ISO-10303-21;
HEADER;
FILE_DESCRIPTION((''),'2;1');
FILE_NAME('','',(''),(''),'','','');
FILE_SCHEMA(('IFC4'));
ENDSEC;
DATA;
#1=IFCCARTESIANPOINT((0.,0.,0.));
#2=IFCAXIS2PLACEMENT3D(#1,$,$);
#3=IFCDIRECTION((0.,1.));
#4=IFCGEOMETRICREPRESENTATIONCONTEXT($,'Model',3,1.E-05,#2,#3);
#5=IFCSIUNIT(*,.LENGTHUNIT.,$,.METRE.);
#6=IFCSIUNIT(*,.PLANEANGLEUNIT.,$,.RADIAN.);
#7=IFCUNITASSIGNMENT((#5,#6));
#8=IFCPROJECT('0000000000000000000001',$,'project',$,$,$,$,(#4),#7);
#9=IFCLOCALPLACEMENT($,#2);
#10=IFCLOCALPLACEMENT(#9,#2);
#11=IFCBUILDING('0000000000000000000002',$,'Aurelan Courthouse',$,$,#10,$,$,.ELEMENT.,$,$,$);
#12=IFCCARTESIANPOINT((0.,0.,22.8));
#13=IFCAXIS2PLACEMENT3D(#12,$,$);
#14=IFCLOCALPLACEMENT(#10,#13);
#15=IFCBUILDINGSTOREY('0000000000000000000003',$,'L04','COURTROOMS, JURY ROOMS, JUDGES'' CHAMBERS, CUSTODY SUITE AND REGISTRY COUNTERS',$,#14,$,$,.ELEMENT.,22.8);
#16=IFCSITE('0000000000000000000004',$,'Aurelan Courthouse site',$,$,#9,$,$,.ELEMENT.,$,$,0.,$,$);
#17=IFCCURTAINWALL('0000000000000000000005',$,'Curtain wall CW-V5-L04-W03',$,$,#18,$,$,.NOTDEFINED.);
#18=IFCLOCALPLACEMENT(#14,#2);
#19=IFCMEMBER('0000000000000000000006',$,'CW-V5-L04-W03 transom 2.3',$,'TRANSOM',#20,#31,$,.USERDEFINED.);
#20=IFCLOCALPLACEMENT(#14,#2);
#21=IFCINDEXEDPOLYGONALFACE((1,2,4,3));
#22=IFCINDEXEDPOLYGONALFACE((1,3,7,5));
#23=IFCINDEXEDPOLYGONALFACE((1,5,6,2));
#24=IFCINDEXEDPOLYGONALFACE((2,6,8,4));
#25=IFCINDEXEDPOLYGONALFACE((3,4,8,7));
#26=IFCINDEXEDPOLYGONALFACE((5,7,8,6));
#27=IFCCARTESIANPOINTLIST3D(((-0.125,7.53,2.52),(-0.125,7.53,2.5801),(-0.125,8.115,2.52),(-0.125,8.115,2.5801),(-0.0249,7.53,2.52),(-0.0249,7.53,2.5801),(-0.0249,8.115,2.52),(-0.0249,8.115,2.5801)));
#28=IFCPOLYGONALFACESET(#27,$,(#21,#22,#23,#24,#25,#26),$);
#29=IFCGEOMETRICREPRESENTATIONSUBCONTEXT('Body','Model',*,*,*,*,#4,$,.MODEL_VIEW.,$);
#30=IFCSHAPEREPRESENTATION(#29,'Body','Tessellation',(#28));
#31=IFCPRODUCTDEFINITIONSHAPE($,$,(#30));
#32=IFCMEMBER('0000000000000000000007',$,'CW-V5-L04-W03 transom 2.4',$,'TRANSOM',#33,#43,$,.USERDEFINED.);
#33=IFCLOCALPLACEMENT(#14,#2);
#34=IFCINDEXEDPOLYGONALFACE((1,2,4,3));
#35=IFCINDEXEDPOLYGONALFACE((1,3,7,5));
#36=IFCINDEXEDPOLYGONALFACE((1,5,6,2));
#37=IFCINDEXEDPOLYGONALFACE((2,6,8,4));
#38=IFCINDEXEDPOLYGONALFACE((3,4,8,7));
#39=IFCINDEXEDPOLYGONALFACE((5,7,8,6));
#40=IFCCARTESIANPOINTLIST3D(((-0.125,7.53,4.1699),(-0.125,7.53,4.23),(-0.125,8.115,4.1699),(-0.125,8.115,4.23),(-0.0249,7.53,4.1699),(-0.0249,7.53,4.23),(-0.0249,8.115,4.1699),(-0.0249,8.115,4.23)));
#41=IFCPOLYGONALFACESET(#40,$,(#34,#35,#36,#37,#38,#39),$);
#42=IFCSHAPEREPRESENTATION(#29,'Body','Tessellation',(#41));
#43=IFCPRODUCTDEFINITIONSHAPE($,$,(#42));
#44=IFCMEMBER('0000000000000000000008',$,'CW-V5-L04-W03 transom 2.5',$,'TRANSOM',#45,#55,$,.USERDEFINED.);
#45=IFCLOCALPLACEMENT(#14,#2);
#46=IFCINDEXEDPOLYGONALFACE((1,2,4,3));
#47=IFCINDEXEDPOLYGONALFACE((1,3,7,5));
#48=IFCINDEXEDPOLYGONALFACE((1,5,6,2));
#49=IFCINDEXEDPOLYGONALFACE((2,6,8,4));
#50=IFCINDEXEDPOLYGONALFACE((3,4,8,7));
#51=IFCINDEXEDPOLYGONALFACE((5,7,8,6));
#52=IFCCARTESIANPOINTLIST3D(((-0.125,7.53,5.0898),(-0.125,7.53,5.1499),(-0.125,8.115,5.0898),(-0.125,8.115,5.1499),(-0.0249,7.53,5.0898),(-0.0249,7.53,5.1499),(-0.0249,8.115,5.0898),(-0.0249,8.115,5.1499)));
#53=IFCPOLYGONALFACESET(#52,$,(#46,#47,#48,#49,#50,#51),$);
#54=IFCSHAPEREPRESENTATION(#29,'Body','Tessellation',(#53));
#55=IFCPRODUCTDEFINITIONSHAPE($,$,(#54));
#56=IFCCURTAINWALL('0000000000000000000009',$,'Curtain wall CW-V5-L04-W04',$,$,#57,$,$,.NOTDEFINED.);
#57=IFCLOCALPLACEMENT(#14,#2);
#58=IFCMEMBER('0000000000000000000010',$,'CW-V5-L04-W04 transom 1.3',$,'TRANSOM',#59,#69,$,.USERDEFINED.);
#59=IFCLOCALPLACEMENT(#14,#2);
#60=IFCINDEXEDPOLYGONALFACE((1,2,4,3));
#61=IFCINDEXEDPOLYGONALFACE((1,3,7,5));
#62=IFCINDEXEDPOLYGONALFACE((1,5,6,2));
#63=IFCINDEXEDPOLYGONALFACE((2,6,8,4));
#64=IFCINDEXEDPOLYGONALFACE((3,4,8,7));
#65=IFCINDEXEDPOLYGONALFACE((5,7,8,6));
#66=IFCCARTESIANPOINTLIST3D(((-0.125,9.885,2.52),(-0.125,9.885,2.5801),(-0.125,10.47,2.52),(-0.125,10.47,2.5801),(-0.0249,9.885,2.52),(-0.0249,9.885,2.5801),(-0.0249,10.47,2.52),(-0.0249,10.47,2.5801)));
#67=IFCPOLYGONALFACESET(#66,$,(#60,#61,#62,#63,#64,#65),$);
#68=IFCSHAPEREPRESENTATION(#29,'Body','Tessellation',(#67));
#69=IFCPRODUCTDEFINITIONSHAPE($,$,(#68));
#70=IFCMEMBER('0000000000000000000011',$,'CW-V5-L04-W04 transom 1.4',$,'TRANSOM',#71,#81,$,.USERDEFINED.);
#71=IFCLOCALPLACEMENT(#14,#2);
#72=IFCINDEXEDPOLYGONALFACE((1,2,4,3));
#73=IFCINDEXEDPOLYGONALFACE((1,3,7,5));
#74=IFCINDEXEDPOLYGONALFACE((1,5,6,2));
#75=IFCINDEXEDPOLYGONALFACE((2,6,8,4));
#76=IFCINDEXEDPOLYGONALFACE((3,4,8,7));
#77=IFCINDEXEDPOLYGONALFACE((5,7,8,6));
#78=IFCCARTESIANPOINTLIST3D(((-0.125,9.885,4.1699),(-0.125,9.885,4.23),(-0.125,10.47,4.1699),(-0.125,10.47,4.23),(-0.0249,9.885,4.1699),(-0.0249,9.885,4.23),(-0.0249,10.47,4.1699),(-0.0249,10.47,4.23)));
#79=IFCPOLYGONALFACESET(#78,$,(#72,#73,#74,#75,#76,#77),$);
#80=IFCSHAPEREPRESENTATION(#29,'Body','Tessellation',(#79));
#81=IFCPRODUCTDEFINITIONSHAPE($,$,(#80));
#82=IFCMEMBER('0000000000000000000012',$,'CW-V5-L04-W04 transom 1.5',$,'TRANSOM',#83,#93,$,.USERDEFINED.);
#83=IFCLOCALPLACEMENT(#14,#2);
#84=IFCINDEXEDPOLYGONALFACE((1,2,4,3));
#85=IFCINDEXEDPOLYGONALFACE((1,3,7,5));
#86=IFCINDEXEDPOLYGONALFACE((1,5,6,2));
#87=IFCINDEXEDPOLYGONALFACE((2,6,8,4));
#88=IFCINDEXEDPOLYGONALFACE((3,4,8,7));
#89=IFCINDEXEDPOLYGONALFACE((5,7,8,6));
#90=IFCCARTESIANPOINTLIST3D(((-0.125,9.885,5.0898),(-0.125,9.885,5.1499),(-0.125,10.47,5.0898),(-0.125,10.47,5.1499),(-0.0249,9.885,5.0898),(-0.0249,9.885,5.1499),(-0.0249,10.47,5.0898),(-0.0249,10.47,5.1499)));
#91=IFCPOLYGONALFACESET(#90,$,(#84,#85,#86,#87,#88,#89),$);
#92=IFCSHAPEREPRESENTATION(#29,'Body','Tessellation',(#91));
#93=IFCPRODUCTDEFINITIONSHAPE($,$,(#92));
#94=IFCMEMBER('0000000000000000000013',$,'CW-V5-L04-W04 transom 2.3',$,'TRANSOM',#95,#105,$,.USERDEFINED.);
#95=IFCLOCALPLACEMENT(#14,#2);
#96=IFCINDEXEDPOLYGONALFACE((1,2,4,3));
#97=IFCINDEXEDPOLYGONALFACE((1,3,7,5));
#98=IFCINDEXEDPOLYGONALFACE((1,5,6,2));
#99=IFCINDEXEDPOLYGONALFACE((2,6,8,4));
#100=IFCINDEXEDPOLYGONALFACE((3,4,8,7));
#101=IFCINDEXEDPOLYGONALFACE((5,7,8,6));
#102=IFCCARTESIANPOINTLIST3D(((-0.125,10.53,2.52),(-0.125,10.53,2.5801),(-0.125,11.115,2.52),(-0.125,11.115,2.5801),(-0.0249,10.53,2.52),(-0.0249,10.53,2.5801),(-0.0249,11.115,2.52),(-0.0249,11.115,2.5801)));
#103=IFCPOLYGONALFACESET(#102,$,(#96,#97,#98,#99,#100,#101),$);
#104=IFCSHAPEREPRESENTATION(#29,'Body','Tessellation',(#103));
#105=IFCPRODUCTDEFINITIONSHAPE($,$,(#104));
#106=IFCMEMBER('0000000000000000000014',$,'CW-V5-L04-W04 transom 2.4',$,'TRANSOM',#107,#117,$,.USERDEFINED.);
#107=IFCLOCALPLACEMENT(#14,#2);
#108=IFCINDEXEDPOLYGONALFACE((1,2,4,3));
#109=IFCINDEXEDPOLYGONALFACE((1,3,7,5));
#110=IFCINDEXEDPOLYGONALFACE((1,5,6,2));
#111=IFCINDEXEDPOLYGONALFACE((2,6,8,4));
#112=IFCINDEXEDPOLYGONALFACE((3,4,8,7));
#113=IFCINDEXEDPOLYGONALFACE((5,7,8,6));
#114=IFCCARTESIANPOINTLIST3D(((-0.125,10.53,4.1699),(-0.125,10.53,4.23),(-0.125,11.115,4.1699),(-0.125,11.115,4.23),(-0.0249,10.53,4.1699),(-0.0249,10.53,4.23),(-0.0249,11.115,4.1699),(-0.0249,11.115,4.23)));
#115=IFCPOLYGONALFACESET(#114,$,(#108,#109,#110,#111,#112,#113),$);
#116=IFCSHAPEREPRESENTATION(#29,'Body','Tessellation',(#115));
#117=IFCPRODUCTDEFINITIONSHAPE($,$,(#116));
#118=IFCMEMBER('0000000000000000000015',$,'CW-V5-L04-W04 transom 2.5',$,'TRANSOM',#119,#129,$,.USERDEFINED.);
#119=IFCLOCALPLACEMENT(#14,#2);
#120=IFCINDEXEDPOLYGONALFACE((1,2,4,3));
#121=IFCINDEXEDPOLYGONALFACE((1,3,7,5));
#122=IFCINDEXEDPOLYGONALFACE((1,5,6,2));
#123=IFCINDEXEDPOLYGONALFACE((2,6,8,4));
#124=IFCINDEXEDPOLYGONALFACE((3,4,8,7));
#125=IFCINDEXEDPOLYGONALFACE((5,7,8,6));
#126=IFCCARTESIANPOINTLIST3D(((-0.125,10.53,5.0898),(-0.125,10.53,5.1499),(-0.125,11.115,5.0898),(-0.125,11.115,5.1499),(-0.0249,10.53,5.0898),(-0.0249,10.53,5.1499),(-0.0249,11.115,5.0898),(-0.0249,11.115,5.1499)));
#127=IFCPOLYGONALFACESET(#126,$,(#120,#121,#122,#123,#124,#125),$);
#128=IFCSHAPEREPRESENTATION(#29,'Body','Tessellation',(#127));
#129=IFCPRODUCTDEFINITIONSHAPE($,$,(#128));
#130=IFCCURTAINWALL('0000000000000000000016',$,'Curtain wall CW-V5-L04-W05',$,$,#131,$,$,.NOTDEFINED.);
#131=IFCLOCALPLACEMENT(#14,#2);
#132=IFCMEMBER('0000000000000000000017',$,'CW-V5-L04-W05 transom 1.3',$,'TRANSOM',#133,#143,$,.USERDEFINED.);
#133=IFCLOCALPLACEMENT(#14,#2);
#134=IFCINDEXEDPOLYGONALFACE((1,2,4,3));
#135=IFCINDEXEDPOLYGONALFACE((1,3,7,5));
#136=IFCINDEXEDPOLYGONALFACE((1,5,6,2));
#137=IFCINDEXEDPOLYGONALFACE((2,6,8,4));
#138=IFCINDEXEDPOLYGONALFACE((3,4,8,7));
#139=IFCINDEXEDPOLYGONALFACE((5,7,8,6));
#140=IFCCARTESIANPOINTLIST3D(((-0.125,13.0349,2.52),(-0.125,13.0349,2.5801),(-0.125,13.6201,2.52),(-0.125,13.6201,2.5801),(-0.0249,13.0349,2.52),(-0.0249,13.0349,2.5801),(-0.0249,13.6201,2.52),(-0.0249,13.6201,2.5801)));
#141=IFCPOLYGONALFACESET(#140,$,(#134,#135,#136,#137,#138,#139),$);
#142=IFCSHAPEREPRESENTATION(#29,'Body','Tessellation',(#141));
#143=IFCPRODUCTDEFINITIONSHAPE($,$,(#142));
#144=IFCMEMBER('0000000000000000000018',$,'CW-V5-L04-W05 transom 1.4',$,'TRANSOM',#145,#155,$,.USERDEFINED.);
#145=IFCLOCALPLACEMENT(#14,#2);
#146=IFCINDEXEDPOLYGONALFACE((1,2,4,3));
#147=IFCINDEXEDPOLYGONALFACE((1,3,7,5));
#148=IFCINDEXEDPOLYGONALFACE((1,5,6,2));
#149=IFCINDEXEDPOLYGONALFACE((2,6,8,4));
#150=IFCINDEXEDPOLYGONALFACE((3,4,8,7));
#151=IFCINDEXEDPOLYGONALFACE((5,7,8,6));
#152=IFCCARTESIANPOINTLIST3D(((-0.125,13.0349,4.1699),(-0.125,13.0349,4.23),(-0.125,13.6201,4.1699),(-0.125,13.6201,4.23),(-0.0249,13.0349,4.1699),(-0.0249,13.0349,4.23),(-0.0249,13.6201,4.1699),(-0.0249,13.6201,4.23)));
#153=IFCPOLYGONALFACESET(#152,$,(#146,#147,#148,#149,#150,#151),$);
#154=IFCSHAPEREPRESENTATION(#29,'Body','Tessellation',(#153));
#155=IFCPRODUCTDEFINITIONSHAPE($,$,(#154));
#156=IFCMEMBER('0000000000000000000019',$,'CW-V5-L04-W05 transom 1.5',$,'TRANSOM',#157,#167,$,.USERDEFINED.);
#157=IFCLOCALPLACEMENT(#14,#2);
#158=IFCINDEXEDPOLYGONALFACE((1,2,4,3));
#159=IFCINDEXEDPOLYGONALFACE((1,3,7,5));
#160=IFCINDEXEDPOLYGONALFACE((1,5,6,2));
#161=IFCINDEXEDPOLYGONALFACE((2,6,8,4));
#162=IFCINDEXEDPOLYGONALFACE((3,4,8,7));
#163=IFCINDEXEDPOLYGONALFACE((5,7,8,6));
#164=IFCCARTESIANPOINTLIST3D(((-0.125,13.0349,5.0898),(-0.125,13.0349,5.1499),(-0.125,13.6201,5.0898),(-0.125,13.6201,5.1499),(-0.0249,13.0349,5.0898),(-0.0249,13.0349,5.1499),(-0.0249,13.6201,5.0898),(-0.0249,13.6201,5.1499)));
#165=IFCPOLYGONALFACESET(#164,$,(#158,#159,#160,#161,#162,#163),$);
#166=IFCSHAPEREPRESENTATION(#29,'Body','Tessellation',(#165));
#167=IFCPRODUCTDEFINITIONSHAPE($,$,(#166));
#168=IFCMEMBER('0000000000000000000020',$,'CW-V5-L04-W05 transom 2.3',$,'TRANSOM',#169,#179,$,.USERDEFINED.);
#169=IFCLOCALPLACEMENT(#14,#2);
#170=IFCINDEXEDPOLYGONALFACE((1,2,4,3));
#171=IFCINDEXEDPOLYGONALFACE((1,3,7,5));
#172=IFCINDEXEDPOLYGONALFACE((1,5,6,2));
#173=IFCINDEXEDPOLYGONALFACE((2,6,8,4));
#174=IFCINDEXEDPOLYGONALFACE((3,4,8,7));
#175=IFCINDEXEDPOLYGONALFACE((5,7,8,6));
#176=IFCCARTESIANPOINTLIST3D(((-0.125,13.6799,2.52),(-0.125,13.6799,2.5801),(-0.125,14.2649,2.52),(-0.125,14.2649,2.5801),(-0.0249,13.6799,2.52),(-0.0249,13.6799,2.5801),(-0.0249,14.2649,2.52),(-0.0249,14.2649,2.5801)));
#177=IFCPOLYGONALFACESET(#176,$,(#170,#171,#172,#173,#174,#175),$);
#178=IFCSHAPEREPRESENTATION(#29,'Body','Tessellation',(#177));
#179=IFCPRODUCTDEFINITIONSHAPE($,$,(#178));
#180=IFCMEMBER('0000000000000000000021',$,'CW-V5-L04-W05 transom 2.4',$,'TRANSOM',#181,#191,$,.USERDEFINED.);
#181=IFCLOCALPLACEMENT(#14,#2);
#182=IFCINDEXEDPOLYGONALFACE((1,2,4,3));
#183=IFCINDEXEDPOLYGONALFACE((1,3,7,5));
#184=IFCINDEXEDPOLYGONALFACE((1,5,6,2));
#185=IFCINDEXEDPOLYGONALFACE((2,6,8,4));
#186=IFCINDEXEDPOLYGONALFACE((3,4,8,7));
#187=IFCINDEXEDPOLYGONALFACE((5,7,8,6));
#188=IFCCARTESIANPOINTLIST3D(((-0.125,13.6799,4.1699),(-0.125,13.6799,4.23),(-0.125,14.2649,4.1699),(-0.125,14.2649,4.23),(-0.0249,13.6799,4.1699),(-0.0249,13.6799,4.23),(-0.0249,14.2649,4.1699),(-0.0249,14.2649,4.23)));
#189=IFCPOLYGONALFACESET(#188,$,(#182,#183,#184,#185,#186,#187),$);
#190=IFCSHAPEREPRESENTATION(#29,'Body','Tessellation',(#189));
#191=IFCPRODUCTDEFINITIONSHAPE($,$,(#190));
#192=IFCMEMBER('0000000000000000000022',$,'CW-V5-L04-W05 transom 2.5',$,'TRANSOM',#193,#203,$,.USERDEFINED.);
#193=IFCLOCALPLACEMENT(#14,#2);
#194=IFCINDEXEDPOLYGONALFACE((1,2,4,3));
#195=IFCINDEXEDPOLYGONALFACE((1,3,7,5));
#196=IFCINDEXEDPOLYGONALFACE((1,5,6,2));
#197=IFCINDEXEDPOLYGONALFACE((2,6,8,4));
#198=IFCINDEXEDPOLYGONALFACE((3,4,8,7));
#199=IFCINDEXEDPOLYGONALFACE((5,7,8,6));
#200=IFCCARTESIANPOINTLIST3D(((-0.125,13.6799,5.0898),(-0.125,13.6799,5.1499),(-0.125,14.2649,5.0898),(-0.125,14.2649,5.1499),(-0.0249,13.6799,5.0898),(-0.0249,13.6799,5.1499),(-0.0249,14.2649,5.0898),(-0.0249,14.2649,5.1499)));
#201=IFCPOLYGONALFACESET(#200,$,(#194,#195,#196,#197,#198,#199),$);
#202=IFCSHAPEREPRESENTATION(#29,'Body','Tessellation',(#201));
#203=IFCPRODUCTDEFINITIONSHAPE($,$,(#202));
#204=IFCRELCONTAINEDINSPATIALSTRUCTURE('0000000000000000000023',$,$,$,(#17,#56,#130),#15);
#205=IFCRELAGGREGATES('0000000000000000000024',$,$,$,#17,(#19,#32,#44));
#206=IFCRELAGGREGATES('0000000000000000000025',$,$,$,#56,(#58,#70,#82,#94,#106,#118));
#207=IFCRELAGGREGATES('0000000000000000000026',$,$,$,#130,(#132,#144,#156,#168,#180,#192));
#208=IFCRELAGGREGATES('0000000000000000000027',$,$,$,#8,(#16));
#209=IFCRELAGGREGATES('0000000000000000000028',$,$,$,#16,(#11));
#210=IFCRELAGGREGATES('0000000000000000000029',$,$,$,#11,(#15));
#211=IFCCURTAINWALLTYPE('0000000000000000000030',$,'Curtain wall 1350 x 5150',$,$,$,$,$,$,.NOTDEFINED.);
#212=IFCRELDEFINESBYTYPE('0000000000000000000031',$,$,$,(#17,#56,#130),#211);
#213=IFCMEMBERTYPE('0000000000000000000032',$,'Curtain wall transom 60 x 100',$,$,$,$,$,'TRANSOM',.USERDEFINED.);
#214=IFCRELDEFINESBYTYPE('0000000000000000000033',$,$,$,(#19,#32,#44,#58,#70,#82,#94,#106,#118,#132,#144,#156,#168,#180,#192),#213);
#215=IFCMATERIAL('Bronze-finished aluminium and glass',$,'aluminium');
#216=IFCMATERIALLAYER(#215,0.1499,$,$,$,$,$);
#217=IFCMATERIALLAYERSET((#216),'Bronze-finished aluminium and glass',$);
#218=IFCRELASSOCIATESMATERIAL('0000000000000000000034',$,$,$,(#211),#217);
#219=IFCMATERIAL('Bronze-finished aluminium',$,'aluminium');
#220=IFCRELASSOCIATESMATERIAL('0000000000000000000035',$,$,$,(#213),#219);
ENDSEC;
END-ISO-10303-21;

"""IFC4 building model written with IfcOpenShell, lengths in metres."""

from ifc_helpers import new_model, si_unit, direction, frame, origin, origin_2d, place, context, subcontext, project, spatial, rectangle, extrude, material, layer, layer_set, material_profile, profile_set, type_object, element, aggregate, save


model = new_model("IFC4")

# Units and contexts
model_context = context("Model", 3, precision=1e-05, world=origin(), true_north=direction((0.0, 1.0)))
body_context = subcontext(model_context, "Body", "Model", "MODEL_VIEW")
ifc_project = project(units=[si_unit("LENGTHUNIT", "METRE"), si_unit("PLANEANGLEUNIT", "RADIAN")], contexts=[model_context])

# Site, building, storey
site_placement = place(None, origin())
site = spatial("IfcSite", under=ifc_project, at=site_placement, Name="Aurelan Courthouse site", CompositionType="ELEMENT", RefElevation=0.0)
building_placement = place(site_placement, origin())
building = spatial("IfcBuilding", under=site, at=building_placement, Name="Aurelan Courthouse", CompositionType="ELEMENT")
storey_placement = place(building_placement, frame((0.0, 0.0, 22.8)))
storey = spatial("IfcBuildingStorey", under=building, at=storey_placement, Name="L04", Description="COURTROOMS, JURY ROOMS, JUDGES' CHAMBERS, CUSTODY SUITE AND REGISTRY COUNTERS", CompositionType="ELEMENT", Elevation=22.8)

# Curtain walls, members
ifc_material_1 = material(Name="Bronze-finished aluminium and glass", Category="aluminium")
ifc_layer_1 = layer(ifc_material_1, 0.1499)
ifc_layer_set_1 = layer_set([ifc_layer_1], Name="Bronze-finished aluminium and glass")
curtain_wall_type = type_object("IfcCurtainWallType", Name="Curtain wall 1350 x 5150", PredefinedType="NOTDEFINED", material=ifc_layer_set_1)
curtain_wall_1_placement = place(storey_placement, origin())
curtain_wall_1 = element("IfcCurtainWall", 1, at=curtain_wall_1_placement, inside=storey, type_object=curtain_wall_type, Name="Curtain wall CW-V5-L04-W03", PredefinedType="NOTDEFINED")
ifc_material_2 = material(Name="Bronze-finished aluminium", Category="aluminium")
ifc_material_profile = material_profile(ifc_material_2, rectangle(XDim=0.1001, YDim=0.0601, at=origin_2d()), Name="Bronze transom 60 x 100")
ifc_profile_set = profile_set([ifc_material_profile], Name="Bronze-finished aluminium")
member_type = type_object("IfcMemberType", Name="Curtain wall transom 60 x 100", ElementType="TRANSOM", PredefinedType="USERDEFINED", material=ifc_profile_set)
member_1_placement = place(storey_placement, frame((-0.075, 7.53, 2.55), z_axis=(0.0, 1.0, 0.0), x_axis=(-1.0, 0.0, 0.0)))
member_1 = element("IfcMember", 2, at=member_1_placement, type_object=member_type, Name="CW-V5-L04-W03 transom 2.3", ObjectType="TRANSOM", PredefinedType="USERDEFINED", context=body_context, shape_type="SweptSolid", body=[
    extrude(rectangle(XDim=0.1001, YDim=0.0601, at=origin_2d()), origin(), (0.0, 0.0, 1.0), 0.585),
])
member_2_placement = place(storey_placement, frame((-0.075, 7.53, 4.2), z_axis=(0.0, 1.0, 0.0), x_axis=(-1.0, 0.0, 0.0)))
member_2 = element("IfcMember", 3, at=member_2_placement, type_object=member_type, Name="CW-V5-L04-W03 transom 2.4", ObjectType="TRANSOM", PredefinedType="USERDEFINED", context=body_context, shape_type="SweptSolid", body=[
    extrude(rectangle(XDim=0.1001, YDim=0.0601, at=origin_2d()), origin(), (0.0, 0.0, 1.0), 0.585),
])
member_3_placement = place(storey_placement, frame((-0.075, 7.53, 5.1199), z_axis=(0.0, 1.0, 0.0), x_axis=(-1.0, 0.0, 0.0)))
member_3 = element("IfcMember", 4, at=member_3_placement, type_object=member_type, Name="CW-V5-L04-W03 transom 2.5", ObjectType="TRANSOM", PredefinedType="USERDEFINED", context=body_context, shape_type="SweptSolid", body=[
    extrude(rectangle(XDim=0.1001, YDim=0.0601, at=origin_2d()), origin(), (0.0, 0.0, 1.0), 0.585),
])
curtain_wall_2_placement = place(storey_placement, origin())
curtain_wall_2 = element("IfcCurtainWall", 5, at=curtain_wall_2_placement, inside=storey, type_object=curtain_wall_type, Name="Curtain wall CW-V5-L04-W04", PredefinedType="NOTDEFINED")
member_4_placement = place(storey_placement, frame((-0.075, 9.885, 2.55), z_axis=(0.0, 1.0, 0.0), x_axis=(-1.0, 0.0, 0.0)))
member_4 = element("IfcMember", 6, at=member_4_placement, type_object=member_type, Name="CW-V5-L04-W04 transom 1.3", ObjectType="TRANSOM", PredefinedType="USERDEFINED", context=body_context, shape_type="SweptSolid", body=[
    extrude(rectangle(XDim=0.1001, YDim=0.0601, at=origin_2d()), origin(), (0.0, 0.0, 1.0), 0.585),
])
member_5_placement = place(storey_placement, frame((-0.075, 9.885, 4.2), z_axis=(0.0, 1.0, 0.0), x_axis=(-1.0, 0.0, 0.0)))
member_5 = element("IfcMember", 7, at=member_5_placement, type_object=member_type, Name="CW-V5-L04-W04 transom 1.4", ObjectType="TRANSOM", PredefinedType="USERDEFINED", context=body_context, shape_type="SweptSolid", body=[
    extrude(rectangle(XDim=0.1001, YDim=0.0601, at=origin_2d()), origin(), (0.0, 0.0, 1.0), 0.585),
])
member_6_placement = place(storey_placement, frame((-0.075, 9.885, 5.1199), z_axis=(0.0, 1.0, 0.0), x_axis=(-1.0, 0.0, 0.0)))
member_6 = element("IfcMember", 8, at=member_6_placement, type_object=member_type, Name="CW-V5-L04-W04 transom 1.5", ObjectType="TRANSOM", PredefinedType="USERDEFINED", context=body_context, shape_type="SweptSolid", body=[
    extrude(rectangle(XDim=0.1001, YDim=0.0601, at=origin_2d()), origin(), (0.0, 0.0, 1.0), 0.585),
])
member_7_placement = place(storey_placement, frame((-0.075, 10.53, 2.55), z_axis=(0.0, 1.0, 0.0), x_axis=(-1.0, 0.0, 0.0)))
member_7 = element("IfcMember", 9, at=member_7_placement, type_object=member_type, Name="CW-V5-L04-W04 transom 2.3", ObjectType="TRANSOM", PredefinedType="USERDEFINED", context=body_context, shape_type="SweptSolid", body=[
    extrude(rectangle(XDim=0.1001, YDim=0.0601, at=origin_2d()), origin(), (0.0, 0.0, 1.0), 0.585),
])
member_8_placement = place(storey_placement, frame((-0.075, 10.53, 4.2), z_axis=(0.0, 1.0, 0.0), x_axis=(-1.0, 0.0, 0.0)))
member_8 = element("IfcMember", 10, at=member_8_placement, type_object=member_type, Name="CW-V5-L04-W04 transom 2.4", ObjectType="TRANSOM", PredefinedType="USERDEFINED", context=body_context, shape_type="SweptSolid", body=[
    extrude(rectangle(XDim=0.1001, YDim=0.0601, at=origin_2d()), origin(), (0.0, 0.0, 1.0), 0.585),
])
member_9_placement = place(storey_placement, frame((-0.075, 10.53, 5.1199), z_axis=(0.0, 1.0, 0.0), x_axis=(-1.0, 0.0, 0.0)))
member_9 = element("IfcMember", 11, at=member_9_placement, type_object=member_type, Name="CW-V5-L04-W04 transom 2.5", ObjectType="TRANSOM", PredefinedType="USERDEFINED", context=body_context, shape_type="SweptSolid", body=[
    extrude(rectangle(XDim=0.1001, YDim=0.0601, at=origin_2d()), origin(), (0.0, 0.0, 1.0), 0.585),
])
curtain_wall_3_placement = place(storey_placement, origin())
curtain_wall_3 = element("IfcCurtainWall", 12, at=curtain_wall_3_placement, inside=storey, type_object=curtain_wall_type, Name="Curtain wall CW-V5-L04-W05", PredefinedType="NOTDEFINED")
member_10_placement = place(storey_placement, frame((-0.075, 13.0349, 2.55), z_axis=(0.0, 1.0, 0.0), x_axis=(-1.0, 0.0, 0.0)))
member_10 = element("IfcMember", 13, at=member_10_placement, type_object=member_type, Name="CW-V5-L04-W05 transom 1.3", ObjectType="TRANSOM", PredefinedType="USERDEFINED", context=body_context, shape_type="SweptSolid", body=[
    extrude(rectangle(XDim=0.1001, YDim=0.0601, at=origin_2d()), origin(), (0.0, 0.0, 1.0), 0.5852),
])
member_11_placement = place(storey_placement, frame((-0.075, 13.0349, 4.2), z_axis=(0.0, 1.0, 0.0), x_axis=(-1.0, 0.0, 0.0)))
member_11 = element("IfcMember", 14, at=member_11_placement, type_object=member_type, Name="CW-V5-L04-W05 transom 1.4", ObjectType="TRANSOM", PredefinedType="USERDEFINED", context=body_context, shape_type="SweptSolid", body=[
    extrude(rectangle(XDim=0.1001, YDim=0.0601, at=origin_2d()), origin(), (0.0, 0.0, 1.0), 0.5852),
])
member_12_placement = place(storey_placement, frame((-0.075, 13.0349, 5.1199), z_axis=(0.0, 1.0, 0.0), x_axis=(-1.0, 0.0, 0.0)))
member_12 = element("IfcMember", 15, at=member_12_placement, type_object=member_type, Name="CW-V5-L04-W05 transom 1.5", ObjectType="TRANSOM", PredefinedType="USERDEFINED", context=body_context, shape_type="SweptSolid", body=[
    extrude(rectangle(XDim=0.1001, YDim=0.0601, at=origin_2d()), origin(), (0.0, 0.0, 1.0), 0.5852),
])
member_13_placement = place(storey_placement, frame((-0.075, 13.6799, 2.55), z_axis=(0.0, 1.0, 0.0), x_axis=(-1.0, 0.0, 0.0)))
member_13 = element("IfcMember", 16, at=member_13_placement, type_object=member_type, Name="CW-V5-L04-W05 transom 2.3", ObjectType="TRANSOM", PredefinedType="USERDEFINED", context=body_context, shape_type="SweptSolid", body=[
    extrude(rectangle(XDim=0.1001, YDim=0.0601, at=origin_2d()), origin(), (0.0, 0.0, 1.0), 0.585),
])
member_14_placement = place(storey_placement, frame((-0.075, 13.6799, 4.2), z_axis=(0.0, 1.0, 0.0), x_axis=(-1.0, 0.0, 0.0)))
member_14 = element("IfcMember", 17, at=member_14_placement, type_object=member_type, Name="CW-V5-L04-W05 transom 2.4", ObjectType="TRANSOM", PredefinedType="USERDEFINED", context=body_context, shape_type="SweptSolid", body=[
    extrude(rectangle(XDim=0.1001, YDim=0.0601, at=origin_2d()), origin(), (0.0, 0.0, 1.0), 0.585),
])
member_15_placement = place(storey_placement, frame((-0.075, 13.6799, 5.1199), z_axis=(0.0, 1.0, 0.0), x_axis=(-1.0, 0.0, 0.0)))
member_15 = element("IfcMember", 18, at=member_15_placement, type_object=member_type, Name="CW-V5-L04-W05 transom 2.5", ObjectType="TRANSOM", PredefinedType="USERDEFINED", context=body_context, shape_type="SweptSolid", body=[
    extrude(rectangle(XDim=0.1001, YDim=0.0601, at=origin_2d()), origin(), (0.0, 0.0, 1.0), 0.585),
])

aggregate(curtain_wall_1, [member_1, member_2, member_3])
aggregate(curtain_wall_2, [member_4, member_5, member_6, member_7, member_8, member_9])
aggregate(curtain_wall_3, [member_10, member_11, member_12, member_13, member_14, member_15])

save(model, "model.ifc")
